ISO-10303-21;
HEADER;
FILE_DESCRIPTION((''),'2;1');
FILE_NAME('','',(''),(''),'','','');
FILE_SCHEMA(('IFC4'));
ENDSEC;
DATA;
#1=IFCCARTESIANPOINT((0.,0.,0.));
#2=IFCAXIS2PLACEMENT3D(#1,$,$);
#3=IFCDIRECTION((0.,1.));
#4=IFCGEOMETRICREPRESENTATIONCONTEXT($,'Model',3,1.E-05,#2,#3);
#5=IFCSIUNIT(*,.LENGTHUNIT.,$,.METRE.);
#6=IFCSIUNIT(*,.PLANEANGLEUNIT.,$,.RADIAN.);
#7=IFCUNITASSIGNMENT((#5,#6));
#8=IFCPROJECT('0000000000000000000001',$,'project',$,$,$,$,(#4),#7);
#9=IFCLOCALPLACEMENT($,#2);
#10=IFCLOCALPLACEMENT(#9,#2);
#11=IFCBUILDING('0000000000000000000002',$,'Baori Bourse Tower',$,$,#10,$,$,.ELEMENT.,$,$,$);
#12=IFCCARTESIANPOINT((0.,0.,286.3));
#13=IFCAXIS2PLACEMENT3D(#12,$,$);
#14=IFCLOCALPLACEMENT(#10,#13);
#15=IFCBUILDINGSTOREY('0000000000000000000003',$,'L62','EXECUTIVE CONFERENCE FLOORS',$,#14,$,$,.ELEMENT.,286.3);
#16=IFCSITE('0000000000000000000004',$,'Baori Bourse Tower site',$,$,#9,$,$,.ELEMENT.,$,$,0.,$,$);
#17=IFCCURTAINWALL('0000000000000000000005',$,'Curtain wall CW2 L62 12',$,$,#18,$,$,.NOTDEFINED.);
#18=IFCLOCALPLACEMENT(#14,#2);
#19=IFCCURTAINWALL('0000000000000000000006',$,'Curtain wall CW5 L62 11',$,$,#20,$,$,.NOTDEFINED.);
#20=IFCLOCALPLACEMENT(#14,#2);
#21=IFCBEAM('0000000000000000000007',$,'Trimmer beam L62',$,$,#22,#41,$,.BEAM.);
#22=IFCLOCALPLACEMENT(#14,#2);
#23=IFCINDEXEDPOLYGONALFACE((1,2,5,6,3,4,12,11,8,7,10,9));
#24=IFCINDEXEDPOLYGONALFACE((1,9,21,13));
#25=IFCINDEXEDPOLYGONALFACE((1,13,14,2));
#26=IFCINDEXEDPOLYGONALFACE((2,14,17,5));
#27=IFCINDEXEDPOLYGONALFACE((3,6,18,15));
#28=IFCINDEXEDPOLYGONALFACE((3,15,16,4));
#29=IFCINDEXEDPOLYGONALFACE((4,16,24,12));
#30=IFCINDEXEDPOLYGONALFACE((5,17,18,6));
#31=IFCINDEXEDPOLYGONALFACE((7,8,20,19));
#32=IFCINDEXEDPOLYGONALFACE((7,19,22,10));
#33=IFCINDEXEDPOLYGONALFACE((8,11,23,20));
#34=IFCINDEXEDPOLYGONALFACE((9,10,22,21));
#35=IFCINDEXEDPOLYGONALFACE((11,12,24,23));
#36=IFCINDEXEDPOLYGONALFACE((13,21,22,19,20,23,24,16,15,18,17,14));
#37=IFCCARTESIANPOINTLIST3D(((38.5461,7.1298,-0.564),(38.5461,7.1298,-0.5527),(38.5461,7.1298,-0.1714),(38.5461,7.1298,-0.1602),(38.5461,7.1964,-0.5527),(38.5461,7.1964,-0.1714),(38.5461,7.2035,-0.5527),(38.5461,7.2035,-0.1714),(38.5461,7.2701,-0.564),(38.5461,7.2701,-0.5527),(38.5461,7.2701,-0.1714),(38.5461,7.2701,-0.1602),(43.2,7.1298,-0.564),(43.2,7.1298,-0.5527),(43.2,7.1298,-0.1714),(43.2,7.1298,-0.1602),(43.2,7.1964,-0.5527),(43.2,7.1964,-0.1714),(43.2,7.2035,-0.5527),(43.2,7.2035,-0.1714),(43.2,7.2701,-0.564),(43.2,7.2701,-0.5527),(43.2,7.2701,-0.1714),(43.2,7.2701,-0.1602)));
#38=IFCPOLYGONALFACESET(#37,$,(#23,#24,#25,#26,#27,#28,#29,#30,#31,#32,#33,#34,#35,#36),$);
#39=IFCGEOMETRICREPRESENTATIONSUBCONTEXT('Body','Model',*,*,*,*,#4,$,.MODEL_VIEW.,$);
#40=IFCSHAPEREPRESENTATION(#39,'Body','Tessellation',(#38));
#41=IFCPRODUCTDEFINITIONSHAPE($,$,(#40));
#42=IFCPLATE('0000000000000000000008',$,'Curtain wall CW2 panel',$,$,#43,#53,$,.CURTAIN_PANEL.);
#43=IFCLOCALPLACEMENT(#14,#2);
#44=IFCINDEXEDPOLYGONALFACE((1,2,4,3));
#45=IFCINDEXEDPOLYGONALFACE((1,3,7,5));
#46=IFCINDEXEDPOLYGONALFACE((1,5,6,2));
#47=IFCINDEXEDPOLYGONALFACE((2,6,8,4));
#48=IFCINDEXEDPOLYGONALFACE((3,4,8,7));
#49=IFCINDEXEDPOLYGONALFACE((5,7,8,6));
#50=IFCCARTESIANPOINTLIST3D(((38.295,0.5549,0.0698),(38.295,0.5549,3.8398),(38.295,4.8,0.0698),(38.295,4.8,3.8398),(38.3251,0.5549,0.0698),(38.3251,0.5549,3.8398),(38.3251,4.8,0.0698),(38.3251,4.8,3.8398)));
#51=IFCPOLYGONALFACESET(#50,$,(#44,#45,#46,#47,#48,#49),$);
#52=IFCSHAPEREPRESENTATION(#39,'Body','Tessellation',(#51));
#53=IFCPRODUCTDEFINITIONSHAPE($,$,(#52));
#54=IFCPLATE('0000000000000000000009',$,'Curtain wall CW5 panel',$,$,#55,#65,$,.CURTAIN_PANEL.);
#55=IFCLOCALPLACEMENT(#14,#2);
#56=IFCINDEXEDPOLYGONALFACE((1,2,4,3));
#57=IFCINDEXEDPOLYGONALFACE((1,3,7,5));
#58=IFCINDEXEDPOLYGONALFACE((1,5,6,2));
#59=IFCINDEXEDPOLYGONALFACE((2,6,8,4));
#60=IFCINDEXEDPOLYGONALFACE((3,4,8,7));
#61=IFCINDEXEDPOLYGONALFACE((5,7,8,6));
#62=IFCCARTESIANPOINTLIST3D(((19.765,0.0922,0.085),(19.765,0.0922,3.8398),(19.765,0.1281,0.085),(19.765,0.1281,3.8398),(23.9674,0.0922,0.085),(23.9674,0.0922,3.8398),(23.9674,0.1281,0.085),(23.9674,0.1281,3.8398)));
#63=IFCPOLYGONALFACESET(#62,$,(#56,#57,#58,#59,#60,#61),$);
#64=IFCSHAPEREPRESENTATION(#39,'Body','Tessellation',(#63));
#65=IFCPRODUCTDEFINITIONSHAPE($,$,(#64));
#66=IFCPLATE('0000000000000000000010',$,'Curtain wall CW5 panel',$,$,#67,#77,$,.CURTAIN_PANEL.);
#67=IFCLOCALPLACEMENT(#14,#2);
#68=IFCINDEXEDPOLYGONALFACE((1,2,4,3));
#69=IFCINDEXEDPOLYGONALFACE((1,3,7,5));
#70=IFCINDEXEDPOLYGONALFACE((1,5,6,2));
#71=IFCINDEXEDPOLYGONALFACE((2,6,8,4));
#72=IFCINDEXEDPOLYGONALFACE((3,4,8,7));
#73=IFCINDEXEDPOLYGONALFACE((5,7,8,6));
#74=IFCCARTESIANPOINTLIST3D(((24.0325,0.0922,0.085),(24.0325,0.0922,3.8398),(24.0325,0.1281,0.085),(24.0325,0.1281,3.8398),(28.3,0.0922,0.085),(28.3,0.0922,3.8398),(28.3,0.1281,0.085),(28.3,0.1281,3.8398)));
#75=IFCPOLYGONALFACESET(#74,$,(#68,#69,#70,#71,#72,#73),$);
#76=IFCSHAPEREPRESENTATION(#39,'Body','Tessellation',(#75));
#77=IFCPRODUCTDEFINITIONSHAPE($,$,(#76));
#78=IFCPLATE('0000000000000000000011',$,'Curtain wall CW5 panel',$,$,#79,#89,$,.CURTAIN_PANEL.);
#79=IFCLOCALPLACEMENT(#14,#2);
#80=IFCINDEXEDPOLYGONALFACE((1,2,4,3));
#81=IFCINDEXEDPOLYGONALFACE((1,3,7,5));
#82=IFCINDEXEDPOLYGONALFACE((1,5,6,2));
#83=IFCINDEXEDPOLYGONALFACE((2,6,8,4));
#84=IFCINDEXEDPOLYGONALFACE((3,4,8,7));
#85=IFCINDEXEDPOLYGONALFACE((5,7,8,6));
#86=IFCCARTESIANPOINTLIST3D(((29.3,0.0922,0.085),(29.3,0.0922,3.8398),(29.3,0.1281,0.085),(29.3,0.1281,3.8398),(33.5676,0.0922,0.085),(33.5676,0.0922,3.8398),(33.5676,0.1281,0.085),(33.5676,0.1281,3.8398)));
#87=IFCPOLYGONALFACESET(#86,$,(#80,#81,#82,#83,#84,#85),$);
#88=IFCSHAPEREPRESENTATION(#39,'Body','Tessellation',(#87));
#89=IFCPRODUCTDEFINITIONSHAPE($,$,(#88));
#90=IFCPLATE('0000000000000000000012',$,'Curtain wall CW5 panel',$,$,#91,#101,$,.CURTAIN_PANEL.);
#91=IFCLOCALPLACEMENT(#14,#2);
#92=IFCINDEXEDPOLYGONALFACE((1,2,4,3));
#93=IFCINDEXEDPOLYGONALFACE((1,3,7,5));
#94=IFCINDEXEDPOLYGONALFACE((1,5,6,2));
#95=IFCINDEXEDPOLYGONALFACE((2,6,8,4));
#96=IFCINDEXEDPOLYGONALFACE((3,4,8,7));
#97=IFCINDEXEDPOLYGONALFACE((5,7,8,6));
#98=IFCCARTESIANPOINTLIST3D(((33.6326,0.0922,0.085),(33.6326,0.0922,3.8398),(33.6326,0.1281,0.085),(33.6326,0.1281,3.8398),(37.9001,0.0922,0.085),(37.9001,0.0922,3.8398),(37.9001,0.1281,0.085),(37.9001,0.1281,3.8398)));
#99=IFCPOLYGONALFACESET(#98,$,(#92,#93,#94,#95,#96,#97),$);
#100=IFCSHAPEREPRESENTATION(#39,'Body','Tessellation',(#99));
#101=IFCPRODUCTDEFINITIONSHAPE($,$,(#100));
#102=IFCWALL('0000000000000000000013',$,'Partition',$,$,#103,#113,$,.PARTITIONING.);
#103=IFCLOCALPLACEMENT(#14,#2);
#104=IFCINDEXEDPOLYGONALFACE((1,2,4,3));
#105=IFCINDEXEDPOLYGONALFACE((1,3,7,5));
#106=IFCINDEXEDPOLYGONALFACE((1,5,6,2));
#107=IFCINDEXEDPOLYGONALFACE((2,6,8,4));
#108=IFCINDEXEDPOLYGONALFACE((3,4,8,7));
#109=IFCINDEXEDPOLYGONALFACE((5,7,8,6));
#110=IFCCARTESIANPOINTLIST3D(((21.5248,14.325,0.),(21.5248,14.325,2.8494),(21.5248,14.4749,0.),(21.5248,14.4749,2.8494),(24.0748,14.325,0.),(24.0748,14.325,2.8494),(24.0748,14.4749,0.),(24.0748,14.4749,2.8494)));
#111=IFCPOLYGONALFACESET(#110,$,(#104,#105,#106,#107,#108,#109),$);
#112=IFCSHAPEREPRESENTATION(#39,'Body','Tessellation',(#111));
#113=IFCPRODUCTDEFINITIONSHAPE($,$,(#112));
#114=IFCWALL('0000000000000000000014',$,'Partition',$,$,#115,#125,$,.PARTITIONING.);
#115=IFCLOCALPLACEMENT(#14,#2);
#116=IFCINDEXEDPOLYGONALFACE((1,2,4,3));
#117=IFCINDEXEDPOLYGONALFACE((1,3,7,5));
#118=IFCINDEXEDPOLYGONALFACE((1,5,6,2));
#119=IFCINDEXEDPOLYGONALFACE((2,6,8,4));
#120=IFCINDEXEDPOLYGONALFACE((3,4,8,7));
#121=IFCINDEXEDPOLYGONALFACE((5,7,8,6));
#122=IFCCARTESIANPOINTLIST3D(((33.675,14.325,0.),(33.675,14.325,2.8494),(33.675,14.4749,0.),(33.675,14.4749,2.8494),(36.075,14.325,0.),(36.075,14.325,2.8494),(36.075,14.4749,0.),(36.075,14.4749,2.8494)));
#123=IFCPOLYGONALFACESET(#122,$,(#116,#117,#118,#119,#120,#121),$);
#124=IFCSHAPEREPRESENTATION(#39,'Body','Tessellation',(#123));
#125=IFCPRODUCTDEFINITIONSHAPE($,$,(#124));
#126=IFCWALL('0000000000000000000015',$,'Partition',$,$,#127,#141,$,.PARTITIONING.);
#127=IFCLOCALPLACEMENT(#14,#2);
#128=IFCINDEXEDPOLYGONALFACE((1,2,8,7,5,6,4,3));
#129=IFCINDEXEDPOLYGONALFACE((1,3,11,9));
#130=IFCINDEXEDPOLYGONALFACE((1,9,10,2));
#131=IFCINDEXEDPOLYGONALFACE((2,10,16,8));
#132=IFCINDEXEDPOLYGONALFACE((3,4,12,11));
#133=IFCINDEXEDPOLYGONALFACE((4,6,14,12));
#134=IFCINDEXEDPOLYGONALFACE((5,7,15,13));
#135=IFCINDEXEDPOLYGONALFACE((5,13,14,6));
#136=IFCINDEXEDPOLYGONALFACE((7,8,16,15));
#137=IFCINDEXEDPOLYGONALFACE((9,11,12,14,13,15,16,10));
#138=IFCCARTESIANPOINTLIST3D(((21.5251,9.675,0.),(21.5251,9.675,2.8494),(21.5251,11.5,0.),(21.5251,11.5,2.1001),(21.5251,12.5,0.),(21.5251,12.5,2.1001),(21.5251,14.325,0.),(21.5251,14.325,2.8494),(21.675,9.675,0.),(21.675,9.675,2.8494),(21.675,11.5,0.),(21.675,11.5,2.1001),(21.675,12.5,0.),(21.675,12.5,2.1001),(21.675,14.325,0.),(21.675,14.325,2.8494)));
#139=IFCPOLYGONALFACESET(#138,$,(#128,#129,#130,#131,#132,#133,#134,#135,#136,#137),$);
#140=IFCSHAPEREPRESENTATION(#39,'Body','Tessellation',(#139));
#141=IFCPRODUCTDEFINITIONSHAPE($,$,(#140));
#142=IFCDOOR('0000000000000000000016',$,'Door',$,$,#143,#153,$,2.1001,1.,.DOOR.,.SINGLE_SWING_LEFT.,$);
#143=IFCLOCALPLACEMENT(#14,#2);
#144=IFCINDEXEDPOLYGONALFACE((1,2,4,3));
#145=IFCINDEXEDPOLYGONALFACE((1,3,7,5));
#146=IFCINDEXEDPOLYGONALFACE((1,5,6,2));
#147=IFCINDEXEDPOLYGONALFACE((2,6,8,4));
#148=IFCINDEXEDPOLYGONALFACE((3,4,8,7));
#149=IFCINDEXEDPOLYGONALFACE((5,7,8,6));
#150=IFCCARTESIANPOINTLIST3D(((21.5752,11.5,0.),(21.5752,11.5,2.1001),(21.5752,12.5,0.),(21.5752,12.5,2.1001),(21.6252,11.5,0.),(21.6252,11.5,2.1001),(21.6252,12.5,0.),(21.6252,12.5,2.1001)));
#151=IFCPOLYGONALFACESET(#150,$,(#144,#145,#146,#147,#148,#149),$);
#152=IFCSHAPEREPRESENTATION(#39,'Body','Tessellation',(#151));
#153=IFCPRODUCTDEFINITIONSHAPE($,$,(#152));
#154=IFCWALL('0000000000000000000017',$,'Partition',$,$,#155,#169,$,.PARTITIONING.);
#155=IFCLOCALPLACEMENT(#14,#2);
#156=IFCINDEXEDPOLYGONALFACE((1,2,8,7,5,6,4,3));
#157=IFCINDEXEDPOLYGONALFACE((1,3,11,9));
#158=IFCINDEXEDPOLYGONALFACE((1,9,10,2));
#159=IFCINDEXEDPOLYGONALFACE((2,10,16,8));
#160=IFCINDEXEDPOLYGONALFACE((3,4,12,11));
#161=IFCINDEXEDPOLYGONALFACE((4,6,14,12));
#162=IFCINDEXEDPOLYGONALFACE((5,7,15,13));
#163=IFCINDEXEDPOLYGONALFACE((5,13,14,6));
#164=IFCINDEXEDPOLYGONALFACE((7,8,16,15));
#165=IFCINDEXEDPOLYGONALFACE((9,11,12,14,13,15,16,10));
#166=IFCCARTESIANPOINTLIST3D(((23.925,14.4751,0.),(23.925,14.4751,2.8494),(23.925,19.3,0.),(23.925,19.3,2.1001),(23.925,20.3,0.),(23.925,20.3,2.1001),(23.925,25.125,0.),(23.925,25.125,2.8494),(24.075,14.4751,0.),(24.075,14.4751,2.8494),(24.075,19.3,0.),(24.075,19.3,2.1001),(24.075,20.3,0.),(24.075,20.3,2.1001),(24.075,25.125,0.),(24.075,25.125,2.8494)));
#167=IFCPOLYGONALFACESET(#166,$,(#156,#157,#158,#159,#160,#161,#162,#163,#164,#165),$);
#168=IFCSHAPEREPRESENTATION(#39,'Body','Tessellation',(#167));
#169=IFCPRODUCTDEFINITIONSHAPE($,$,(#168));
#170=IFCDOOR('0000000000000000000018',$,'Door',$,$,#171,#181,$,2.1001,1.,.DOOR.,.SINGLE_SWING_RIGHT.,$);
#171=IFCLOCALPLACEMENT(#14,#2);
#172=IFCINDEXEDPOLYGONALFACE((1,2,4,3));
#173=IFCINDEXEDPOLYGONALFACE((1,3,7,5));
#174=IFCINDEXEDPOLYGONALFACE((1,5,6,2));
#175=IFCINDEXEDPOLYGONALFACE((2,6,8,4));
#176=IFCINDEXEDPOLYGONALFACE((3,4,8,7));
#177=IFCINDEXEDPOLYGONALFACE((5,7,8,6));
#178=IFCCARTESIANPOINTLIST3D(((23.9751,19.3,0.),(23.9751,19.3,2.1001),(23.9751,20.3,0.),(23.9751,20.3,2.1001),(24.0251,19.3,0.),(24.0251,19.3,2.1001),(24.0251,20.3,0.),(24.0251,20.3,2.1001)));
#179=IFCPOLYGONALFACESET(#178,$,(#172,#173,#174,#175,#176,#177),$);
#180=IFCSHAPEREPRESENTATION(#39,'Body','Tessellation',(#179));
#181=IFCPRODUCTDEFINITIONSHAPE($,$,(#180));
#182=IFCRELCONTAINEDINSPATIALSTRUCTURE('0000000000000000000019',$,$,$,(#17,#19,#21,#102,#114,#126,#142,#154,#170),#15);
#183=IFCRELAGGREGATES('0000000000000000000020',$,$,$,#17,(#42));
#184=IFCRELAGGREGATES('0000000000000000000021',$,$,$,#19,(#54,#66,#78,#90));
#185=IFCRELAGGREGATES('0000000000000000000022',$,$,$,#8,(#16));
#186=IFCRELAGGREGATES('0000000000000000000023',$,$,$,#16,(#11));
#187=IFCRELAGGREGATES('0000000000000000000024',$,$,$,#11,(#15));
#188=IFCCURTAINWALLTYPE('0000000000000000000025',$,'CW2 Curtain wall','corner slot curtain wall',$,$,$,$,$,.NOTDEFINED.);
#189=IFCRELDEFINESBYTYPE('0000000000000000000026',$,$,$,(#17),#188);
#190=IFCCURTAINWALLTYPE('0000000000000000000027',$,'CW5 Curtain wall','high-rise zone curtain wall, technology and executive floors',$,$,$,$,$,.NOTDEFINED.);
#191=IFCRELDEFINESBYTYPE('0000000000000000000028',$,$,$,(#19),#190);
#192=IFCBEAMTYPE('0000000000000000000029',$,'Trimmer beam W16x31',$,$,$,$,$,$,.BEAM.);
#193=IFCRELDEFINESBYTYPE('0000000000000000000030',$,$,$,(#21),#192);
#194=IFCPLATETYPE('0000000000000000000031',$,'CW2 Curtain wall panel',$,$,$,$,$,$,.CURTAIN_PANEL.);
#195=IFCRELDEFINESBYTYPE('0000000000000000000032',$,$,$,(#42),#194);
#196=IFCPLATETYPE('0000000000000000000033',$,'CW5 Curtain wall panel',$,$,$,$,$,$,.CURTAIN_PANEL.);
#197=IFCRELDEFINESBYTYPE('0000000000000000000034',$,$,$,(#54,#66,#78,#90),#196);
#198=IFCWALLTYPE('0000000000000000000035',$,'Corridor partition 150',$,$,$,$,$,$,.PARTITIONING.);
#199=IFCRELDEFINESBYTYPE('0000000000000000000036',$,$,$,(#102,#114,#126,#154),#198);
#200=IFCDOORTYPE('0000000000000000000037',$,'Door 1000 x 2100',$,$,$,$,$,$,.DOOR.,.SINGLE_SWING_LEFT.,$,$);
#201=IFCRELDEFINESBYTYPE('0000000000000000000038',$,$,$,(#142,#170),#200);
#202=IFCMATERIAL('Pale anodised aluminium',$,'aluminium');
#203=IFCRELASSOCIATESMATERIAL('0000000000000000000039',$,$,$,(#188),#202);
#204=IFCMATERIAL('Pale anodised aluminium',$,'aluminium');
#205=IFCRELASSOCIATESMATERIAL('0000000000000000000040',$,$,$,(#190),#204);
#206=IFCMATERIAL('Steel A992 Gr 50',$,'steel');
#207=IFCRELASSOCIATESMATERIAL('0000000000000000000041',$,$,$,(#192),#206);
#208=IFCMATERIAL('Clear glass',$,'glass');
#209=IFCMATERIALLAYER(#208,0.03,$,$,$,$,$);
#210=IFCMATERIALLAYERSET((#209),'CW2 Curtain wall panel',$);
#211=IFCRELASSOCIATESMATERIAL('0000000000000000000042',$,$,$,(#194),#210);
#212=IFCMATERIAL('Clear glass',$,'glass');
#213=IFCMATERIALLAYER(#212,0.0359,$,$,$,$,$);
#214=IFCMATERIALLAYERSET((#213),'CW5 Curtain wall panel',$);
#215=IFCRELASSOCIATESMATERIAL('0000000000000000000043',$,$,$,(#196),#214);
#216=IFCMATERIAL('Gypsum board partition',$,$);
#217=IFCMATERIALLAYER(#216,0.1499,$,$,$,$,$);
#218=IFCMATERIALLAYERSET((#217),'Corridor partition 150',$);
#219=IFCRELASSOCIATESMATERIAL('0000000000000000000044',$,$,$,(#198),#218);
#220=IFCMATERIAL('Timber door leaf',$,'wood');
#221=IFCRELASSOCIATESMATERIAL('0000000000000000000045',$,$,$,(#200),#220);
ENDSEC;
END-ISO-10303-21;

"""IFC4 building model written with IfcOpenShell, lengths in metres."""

from ifc_helpers import new_model, si_unit, direction, frame, frame_2d, origin, origin_2d, place, context, subcontext, project, spatial, rectangle, i_section, extrude, material, layer, layer_set, material_profile, profile_set, type_object, element, fill, aggregate, save


model = new_model("IFC4")

# Units and contexts
model_context = context("Model", 3, precision=1e-05, world=origin(), true_north=direction((0.0, 1.0)))
body_context = subcontext(model_context, "Body", "Model", "MODEL_VIEW")
ifc_project = project(units=[si_unit("LENGTHUNIT", "METRE"), si_unit("PLANEANGLEUNIT", "RADIAN")], contexts=[model_context])

# Site, building, storey
site_placement = place(None, origin())
site = spatial("IfcSite", under=ifc_project, at=site_placement, Name="Baori Bourse Tower site", CompositionType="ELEMENT", RefElevation=0.0)
building_placement = place(site_placement, origin())
building = spatial("IfcBuilding", under=site, at=building_placement, Name="Baori Bourse Tower", CompositionType="ELEMENT")
storey_placement = place(building_placement, frame((0.0, 0.0, 286.3)))
storey = spatial("IfcBuildingStorey", under=building, at=storey_placement, Name="L62", Description="EXECUTIVE CONFERENCE FLOORS", CompositionType="ELEMENT", Elevation=286.3)

# Curtain wall
ifc_material_1 = material(Name="Pale anodised aluminium", Category="aluminium")
curtain_wall_type_1 = type_object("IfcCurtainWallType", Name="CW2 Curtain wall", Description="corner slot curtain wall", PredefinedType="NOTDEFINED", material=ifc_material_1)
curtain_wall_1_placement = place(storey_placement, origin())
curtain_wall_1 = element("IfcCurtainWall", 1, at=curtain_wall_1_placement, inside=storey, type_object=curtain_wall_type_1, Name="Curtain wall CW2 L62 12", PredefinedType="NOTDEFINED")

# Curtain wall
ifc_material_2 = material(Name="Pale anodised aluminium", Category="aluminium")
curtain_wall_type_2 = type_object("IfcCurtainWallType", Name="CW5 Curtain wall", Description="high-rise zone curtain wall, technology and executive floors", PredefinedType="NOTDEFINED", material=ifc_material_2)
curtain_wall_2_placement = place(storey_placement, origin())
curtain_wall_2 = element("IfcCurtainWall", 2, at=curtain_wall_2_placement, inside=storey, type_object=curtain_wall_type_2, Name="Curtain wall CW5 L62 11", PredefinedType="NOTDEFINED")

# Beam
ifc_material_3 = material(Name="Steel A992 Gr 50", Category="steel")
ifc_material_profile_1 = material_profile(ifc_material_3, i_section(OverallWidth=0.1404, OverallDepth=0.4038, WebThickness=0.0071, FlangeThickness=0.0112, at=origin_2d()), Name="W16x31")
ifc_profile_set_1 = profile_set([ifc_material_profile_1], Name="Steel A992 Gr 50")
beam_type_1 = type_object("IfcBeamType", Name="Trimmer beam W16x31", PredefinedType="BEAM", material=ifc_profile_set_1)
beam_1_placement = place(storey_placement, frame((38.5461, 7.2, -0.3621), z_axis=(1.0, 0.0, 0.0), x_axis=(0.0, 1.0, 0.0)))
element("IfcBeam", 3, at=beam_1_placement, inside=storey, type_object=beam_type_1, Name="Trimmer beam L62", PredefinedType="BEAM", context=body_context, shape_type="SweptSolid", body=[
    extrude(i_section(OverallWidth=0.1404, OverallDepth=0.4038, WebThickness=0.0071, FlangeThickness=0.0112, at=origin_2d()), origin(), (0.0, 0.0, 1.0), 4.6538),
])

# Plates
ifc_material_4 = material(Name="Clear glass", Category="glass")
ifc_layer_1 = layer(ifc_material_4, 0.03)
ifc_layer_set_1 = layer_set([ifc_layer_1], Name="CW2 Curtain wall panel")
plate_type_1 = type_object("IfcPlateType", Name="CW2 Curtain wall panel", PredefinedType="CURTAIN_PANEL", material=ifc_layer_set_1)
plate_1_placement = place(storey_placement, frame((38.3101, 2.6775, 0.0698), z_axis=(0.0, 0.0, 1.0), x_axis=(0.0, 1.0, 0.0)))
plate_1 = element("IfcPlate", 4, at=plate_1_placement, type_object=plate_type_1, Name="Curtain wall CW2 panel", PredefinedType="CURTAIN_PANEL", context=body_context, shape_type="SweptSolid", body=[
    extrude(rectangle(XDim=4.2451, YDim=0.03, at=origin_2d()), origin(), (0.0, 0.0, 1.0), 3.77),
])
aggregate(curtain_wall_1, [plate_1])
ifc_material_5 = material(Name="Clear glass", Category="glass")
ifc_layer_2 = layer(ifc_material_5, 0.0359)
ifc_layer_set_2 = layer_set([ifc_layer_2], Name="CW5 Curtain wall panel")
plate_type_2 = type_object("IfcPlateType", Name="CW5 Curtain wall panel", PredefinedType="CURTAIN_PANEL", material=ifc_layer_set_2)
plate_2_placement = place(storey_placement, frame((21.8662, 0.1101, 0.085), z_axis=(0.0, 0.0, 1.0), x_axis=(1.0, 0.0, 0.0)))
plate_2 = element("IfcPlate", 5, at=plate_2_placement, type_object=plate_type_2, Name="Curtain wall CW5 panel", PredefinedType="CURTAIN_PANEL", context=body_context, shape_type="SweptSolid", body=[
    extrude(rectangle(XDim=4.2024, YDim=0.0359, at=origin_2d()), origin(), (0.0, 0.0, 1.0), 3.7549),
])
plate_3_placement = place(storey_placement, frame((26.1663, 0.1101, 0.085), z_axis=(0.0, 0.0, 1.0), x_axis=(1.0, 0.0, 0.0)))
plate_3 = element("IfcPlate", 6, at=plate_3_placement, type_object=plate_type_2, Name="Curtain wall CW5 panel", PredefinedType="CURTAIN_PANEL", context=body_context, shape_type="SweptSolid", body=[
    extrude(rectangle(XDim=4.2676, YDim=0.0359, at=origin_2d()), origin(), (0.0, 0.0, 1.0), 3.7549),
])
plate_4_placement = place(storey_placement, frame((31.4338, 0.1101, 0.085), z_axis=(0.0, 0.0, 1.0), x_axis=(1.0, 0.0, 0.0)))
plate_4 = element("IfcPlate", 7, at=plate_4_placement, type_object=plate_type_2, Name="Curtain wall CW5 panel", PredefinedType="CURTAIN_PANEL", context=body_context, shape_type="SweptSolid", body=[
    extrude(rectangle(XDim=4.2676, YDim=0.0359, at=origin_2d()), origin(), (0.0, 0.0, 1.0), 3.7549),
])
plate_5_placement = place(storey_placement, frame((35.7664, 0.1101, 0.085), z_axis=(0.0, 0.0, 1.0), x_axis=(1.0, 0.0, 0.0)))
plate_5 = element("IfcPlate", 8, at=plate_5_placement, type_object=plate_type_2, Name="Curtain wall CW5 panel", PredefinedType="CURTAIN_PANEL", context=body_context, shape_type="SweptSolid", body=[
    extrude(rectangle(XDim=4.2676, YDim=0.0359, at=origin_2d()), origin(), (0.0, 0.0, 1.0), 3.7549),
])
aggregate(curtain_wall_2, [plate_2, plate_3, plate_4, plate_5])

# Walls
ifc_material_6 = material(Name="Gypsum board partition")
ifc_layer_3 = layer(ifc_material_6, 0.1499)
ifc_layer_set_3 = layer_set([ifc_layer_3], Name="Corridor partition 150")
wall_type_1 = type_object("IfcWallType", Name="Corridor partition 150", PredefinedType="PARTITIONING", material=ifc_layer_set_3)
wall_1_placement = place(storey_placement, frame((21.5249, 14.3999, 0.0), z_axis=(0.0, 0.0, 1.0), x_axis=(1.0, 0.0, 0.0)))
element("IfcWall", 9, at=wall_1_placement, inside=storey, type_object=wall_type_1, Name="Partition", PredefinedType="PARTITIONING", context=body_context, shape_type="SweptSolid", body=[
    extrude(rectangle(XDim=2.55, YDim=0.1499, at=frame_2d((1.2749, 0.0))), origin(), (0.0, 0.0, 1.0), 2.8494),
])
wall_2_placement = place(storey_placement, frame((33.675, 14.3999, 0.0), z_axis=(0.0, 0.0, 1.0), x_axis=(1.0, 0.0, 0.0)))
element("IfcWall", 10, at=wall_2_placement, inside=storey, type_object=wall_type_1, Name="Partition", PredefinedType="PARTITIONING", context=body_context, shape_type="SweptSolid", body=[
    extrude(rectangle(XDim=2.3999, YDim=0.1499, at=frame_2d((1.2, 0.0))), origin(), (0.0, 0.0, 1.0), 2.8494),
])

# Walls, openings, doors
wall_3_placement = place(storey_placement, frame((21.6001, 9.675, 0.0), z_axis=(0.0, 0.0, 1.0), x_axis=(0.0, 1.0, 0.0)))
wall_3 = element("IfcWall", 11, at=wall_3_placement, inside=storey, type_object=wall_type_1, Name="Partition", PredefinedType="PARTITIONING", context=body_context, shape_type="SweptSolid", body=[
    extrude(rectangle(XDim=4.6499, YDim=0.1499, at=frame_2d((2.325, 0.0))), origin(), (0.0, 0.0, 1.0), 2.8494),
])
opening_1_placement = place(wall_3_placement, frame((1.825, 0.0, 0.0)))
opening_1 = element("IfcOpeningElement", 12, at=opening_1_placement, cuts=wall_3, PredefinedType="OPENING", context=body_context, shape_type="SweptSolid", body=[
    extrude(rectangle(XDim=1.0, YDim=2.1001, at=frame_2d((0.5, 1.05))), frame((0.0, 0.085, 0.0), z_axis=(0.0, -1.0, 0.0), x_axis=(1.0, 0.0, 0.0)), (0.0, 0.0, 1.0), 0.1699),
])
ifc_material_7 = material(Name="Timber door leaf", Category="wood")
door_type = type_object("IfcDoorType", Name="Door 1000 x 2100", OperationType="SINGLE_SWING_LEFT", PredefinedType="DOOR", material=ifc_material_7)
door_1_placement = place(opening_1_placement, origin())
door_1 = element("IfcDoor", 13, at=door_1_placement, inside=storey, type_object=door_type, Name="Door", OperationType="SINGLE_SWING_LEFT", OverallHeight=2.1001, OverallWidth=1.0, PredefinedType="DOOR", context=body_context, shape_type="SweptSolid", body=[
    extrude(rectangle(XDim=1.0, YDim=2.1001, at=frame_2d((0.5, 1.05))), frame((0.0, 0.0249, 0.0), z_axis=(0.0, -1.0, 0.0), x_axis=(1.0, 0.0, 0.0)), (0.0, 0.0, 1.0), 0.05),
])
fill(opening_1, door_1)
wall_4_placement = place(storey_placement, frame((24.0, 14.4751, 0.0), z_axis=(0.0, 0.0, 1.0), x_axis=(0.0, 1.0, 0.0)))
wall_4 = element("IfcWall", 14, at=wall_4_placement, inside=storey, type_object=wall_type_1, Name="Partition", PredefinedType="PARTITIONING", context=body_context, shape_type="SweptSolid", body=[
    extrude(rectangle(XDim=10.6499, YDim=0.1499, at=frame_2d((5.325, 0.0))), origin(), (0.0, 0.0, 1.0), 2.8494),
])
opening_2_placement = place(wall_4_placement, frame((4.825, 0.0, 0.0)))
opening_2 = element("IfcOpeningElement", 15, at=opening_2_placement, cuts=wall_4, PredefinedType="OPENING", context=body_context, shape_type="SweptSolid", body=[
    extrude(rectangle(XDim=1.0, YDim=2.1001, at=frame_2d((0.5, 1.05))), frame((0.0, 0.085, 0.0), z_axis=(0.0, -1.0, 0.0), x_axis=(1.0, 0.0, 0.0)), (0.0, 0.0, 1.0), 0.1699),
])
door_2_placement = place(opening_2_placement, origin())
door_2 = element("IfcDoor", 16, at=door_2_placement, inside=storey, type_object=door_type, Name="Door", OperationType="SINGLE_SWING_RIGHT", OverallHeight=2.1001, OverallWidth=1.0, PredefinedType="DOOR", context=body_context, shape_type="SweptSolid", body=[
    extrude(rectangle(XDim=1.0, YDim=2.1001, at=frame_2d((0.5, 1.05))), frame((0.0, 0.0249, 0.0), z_axis=(0.0, -1.0, 0.0), x_axis=(1.0, 0.0, 0.0)), (0.0, 0.0, 1.0), 0.05),
])
fill(opening_2, door_2)

save(model, "model.ifc")
